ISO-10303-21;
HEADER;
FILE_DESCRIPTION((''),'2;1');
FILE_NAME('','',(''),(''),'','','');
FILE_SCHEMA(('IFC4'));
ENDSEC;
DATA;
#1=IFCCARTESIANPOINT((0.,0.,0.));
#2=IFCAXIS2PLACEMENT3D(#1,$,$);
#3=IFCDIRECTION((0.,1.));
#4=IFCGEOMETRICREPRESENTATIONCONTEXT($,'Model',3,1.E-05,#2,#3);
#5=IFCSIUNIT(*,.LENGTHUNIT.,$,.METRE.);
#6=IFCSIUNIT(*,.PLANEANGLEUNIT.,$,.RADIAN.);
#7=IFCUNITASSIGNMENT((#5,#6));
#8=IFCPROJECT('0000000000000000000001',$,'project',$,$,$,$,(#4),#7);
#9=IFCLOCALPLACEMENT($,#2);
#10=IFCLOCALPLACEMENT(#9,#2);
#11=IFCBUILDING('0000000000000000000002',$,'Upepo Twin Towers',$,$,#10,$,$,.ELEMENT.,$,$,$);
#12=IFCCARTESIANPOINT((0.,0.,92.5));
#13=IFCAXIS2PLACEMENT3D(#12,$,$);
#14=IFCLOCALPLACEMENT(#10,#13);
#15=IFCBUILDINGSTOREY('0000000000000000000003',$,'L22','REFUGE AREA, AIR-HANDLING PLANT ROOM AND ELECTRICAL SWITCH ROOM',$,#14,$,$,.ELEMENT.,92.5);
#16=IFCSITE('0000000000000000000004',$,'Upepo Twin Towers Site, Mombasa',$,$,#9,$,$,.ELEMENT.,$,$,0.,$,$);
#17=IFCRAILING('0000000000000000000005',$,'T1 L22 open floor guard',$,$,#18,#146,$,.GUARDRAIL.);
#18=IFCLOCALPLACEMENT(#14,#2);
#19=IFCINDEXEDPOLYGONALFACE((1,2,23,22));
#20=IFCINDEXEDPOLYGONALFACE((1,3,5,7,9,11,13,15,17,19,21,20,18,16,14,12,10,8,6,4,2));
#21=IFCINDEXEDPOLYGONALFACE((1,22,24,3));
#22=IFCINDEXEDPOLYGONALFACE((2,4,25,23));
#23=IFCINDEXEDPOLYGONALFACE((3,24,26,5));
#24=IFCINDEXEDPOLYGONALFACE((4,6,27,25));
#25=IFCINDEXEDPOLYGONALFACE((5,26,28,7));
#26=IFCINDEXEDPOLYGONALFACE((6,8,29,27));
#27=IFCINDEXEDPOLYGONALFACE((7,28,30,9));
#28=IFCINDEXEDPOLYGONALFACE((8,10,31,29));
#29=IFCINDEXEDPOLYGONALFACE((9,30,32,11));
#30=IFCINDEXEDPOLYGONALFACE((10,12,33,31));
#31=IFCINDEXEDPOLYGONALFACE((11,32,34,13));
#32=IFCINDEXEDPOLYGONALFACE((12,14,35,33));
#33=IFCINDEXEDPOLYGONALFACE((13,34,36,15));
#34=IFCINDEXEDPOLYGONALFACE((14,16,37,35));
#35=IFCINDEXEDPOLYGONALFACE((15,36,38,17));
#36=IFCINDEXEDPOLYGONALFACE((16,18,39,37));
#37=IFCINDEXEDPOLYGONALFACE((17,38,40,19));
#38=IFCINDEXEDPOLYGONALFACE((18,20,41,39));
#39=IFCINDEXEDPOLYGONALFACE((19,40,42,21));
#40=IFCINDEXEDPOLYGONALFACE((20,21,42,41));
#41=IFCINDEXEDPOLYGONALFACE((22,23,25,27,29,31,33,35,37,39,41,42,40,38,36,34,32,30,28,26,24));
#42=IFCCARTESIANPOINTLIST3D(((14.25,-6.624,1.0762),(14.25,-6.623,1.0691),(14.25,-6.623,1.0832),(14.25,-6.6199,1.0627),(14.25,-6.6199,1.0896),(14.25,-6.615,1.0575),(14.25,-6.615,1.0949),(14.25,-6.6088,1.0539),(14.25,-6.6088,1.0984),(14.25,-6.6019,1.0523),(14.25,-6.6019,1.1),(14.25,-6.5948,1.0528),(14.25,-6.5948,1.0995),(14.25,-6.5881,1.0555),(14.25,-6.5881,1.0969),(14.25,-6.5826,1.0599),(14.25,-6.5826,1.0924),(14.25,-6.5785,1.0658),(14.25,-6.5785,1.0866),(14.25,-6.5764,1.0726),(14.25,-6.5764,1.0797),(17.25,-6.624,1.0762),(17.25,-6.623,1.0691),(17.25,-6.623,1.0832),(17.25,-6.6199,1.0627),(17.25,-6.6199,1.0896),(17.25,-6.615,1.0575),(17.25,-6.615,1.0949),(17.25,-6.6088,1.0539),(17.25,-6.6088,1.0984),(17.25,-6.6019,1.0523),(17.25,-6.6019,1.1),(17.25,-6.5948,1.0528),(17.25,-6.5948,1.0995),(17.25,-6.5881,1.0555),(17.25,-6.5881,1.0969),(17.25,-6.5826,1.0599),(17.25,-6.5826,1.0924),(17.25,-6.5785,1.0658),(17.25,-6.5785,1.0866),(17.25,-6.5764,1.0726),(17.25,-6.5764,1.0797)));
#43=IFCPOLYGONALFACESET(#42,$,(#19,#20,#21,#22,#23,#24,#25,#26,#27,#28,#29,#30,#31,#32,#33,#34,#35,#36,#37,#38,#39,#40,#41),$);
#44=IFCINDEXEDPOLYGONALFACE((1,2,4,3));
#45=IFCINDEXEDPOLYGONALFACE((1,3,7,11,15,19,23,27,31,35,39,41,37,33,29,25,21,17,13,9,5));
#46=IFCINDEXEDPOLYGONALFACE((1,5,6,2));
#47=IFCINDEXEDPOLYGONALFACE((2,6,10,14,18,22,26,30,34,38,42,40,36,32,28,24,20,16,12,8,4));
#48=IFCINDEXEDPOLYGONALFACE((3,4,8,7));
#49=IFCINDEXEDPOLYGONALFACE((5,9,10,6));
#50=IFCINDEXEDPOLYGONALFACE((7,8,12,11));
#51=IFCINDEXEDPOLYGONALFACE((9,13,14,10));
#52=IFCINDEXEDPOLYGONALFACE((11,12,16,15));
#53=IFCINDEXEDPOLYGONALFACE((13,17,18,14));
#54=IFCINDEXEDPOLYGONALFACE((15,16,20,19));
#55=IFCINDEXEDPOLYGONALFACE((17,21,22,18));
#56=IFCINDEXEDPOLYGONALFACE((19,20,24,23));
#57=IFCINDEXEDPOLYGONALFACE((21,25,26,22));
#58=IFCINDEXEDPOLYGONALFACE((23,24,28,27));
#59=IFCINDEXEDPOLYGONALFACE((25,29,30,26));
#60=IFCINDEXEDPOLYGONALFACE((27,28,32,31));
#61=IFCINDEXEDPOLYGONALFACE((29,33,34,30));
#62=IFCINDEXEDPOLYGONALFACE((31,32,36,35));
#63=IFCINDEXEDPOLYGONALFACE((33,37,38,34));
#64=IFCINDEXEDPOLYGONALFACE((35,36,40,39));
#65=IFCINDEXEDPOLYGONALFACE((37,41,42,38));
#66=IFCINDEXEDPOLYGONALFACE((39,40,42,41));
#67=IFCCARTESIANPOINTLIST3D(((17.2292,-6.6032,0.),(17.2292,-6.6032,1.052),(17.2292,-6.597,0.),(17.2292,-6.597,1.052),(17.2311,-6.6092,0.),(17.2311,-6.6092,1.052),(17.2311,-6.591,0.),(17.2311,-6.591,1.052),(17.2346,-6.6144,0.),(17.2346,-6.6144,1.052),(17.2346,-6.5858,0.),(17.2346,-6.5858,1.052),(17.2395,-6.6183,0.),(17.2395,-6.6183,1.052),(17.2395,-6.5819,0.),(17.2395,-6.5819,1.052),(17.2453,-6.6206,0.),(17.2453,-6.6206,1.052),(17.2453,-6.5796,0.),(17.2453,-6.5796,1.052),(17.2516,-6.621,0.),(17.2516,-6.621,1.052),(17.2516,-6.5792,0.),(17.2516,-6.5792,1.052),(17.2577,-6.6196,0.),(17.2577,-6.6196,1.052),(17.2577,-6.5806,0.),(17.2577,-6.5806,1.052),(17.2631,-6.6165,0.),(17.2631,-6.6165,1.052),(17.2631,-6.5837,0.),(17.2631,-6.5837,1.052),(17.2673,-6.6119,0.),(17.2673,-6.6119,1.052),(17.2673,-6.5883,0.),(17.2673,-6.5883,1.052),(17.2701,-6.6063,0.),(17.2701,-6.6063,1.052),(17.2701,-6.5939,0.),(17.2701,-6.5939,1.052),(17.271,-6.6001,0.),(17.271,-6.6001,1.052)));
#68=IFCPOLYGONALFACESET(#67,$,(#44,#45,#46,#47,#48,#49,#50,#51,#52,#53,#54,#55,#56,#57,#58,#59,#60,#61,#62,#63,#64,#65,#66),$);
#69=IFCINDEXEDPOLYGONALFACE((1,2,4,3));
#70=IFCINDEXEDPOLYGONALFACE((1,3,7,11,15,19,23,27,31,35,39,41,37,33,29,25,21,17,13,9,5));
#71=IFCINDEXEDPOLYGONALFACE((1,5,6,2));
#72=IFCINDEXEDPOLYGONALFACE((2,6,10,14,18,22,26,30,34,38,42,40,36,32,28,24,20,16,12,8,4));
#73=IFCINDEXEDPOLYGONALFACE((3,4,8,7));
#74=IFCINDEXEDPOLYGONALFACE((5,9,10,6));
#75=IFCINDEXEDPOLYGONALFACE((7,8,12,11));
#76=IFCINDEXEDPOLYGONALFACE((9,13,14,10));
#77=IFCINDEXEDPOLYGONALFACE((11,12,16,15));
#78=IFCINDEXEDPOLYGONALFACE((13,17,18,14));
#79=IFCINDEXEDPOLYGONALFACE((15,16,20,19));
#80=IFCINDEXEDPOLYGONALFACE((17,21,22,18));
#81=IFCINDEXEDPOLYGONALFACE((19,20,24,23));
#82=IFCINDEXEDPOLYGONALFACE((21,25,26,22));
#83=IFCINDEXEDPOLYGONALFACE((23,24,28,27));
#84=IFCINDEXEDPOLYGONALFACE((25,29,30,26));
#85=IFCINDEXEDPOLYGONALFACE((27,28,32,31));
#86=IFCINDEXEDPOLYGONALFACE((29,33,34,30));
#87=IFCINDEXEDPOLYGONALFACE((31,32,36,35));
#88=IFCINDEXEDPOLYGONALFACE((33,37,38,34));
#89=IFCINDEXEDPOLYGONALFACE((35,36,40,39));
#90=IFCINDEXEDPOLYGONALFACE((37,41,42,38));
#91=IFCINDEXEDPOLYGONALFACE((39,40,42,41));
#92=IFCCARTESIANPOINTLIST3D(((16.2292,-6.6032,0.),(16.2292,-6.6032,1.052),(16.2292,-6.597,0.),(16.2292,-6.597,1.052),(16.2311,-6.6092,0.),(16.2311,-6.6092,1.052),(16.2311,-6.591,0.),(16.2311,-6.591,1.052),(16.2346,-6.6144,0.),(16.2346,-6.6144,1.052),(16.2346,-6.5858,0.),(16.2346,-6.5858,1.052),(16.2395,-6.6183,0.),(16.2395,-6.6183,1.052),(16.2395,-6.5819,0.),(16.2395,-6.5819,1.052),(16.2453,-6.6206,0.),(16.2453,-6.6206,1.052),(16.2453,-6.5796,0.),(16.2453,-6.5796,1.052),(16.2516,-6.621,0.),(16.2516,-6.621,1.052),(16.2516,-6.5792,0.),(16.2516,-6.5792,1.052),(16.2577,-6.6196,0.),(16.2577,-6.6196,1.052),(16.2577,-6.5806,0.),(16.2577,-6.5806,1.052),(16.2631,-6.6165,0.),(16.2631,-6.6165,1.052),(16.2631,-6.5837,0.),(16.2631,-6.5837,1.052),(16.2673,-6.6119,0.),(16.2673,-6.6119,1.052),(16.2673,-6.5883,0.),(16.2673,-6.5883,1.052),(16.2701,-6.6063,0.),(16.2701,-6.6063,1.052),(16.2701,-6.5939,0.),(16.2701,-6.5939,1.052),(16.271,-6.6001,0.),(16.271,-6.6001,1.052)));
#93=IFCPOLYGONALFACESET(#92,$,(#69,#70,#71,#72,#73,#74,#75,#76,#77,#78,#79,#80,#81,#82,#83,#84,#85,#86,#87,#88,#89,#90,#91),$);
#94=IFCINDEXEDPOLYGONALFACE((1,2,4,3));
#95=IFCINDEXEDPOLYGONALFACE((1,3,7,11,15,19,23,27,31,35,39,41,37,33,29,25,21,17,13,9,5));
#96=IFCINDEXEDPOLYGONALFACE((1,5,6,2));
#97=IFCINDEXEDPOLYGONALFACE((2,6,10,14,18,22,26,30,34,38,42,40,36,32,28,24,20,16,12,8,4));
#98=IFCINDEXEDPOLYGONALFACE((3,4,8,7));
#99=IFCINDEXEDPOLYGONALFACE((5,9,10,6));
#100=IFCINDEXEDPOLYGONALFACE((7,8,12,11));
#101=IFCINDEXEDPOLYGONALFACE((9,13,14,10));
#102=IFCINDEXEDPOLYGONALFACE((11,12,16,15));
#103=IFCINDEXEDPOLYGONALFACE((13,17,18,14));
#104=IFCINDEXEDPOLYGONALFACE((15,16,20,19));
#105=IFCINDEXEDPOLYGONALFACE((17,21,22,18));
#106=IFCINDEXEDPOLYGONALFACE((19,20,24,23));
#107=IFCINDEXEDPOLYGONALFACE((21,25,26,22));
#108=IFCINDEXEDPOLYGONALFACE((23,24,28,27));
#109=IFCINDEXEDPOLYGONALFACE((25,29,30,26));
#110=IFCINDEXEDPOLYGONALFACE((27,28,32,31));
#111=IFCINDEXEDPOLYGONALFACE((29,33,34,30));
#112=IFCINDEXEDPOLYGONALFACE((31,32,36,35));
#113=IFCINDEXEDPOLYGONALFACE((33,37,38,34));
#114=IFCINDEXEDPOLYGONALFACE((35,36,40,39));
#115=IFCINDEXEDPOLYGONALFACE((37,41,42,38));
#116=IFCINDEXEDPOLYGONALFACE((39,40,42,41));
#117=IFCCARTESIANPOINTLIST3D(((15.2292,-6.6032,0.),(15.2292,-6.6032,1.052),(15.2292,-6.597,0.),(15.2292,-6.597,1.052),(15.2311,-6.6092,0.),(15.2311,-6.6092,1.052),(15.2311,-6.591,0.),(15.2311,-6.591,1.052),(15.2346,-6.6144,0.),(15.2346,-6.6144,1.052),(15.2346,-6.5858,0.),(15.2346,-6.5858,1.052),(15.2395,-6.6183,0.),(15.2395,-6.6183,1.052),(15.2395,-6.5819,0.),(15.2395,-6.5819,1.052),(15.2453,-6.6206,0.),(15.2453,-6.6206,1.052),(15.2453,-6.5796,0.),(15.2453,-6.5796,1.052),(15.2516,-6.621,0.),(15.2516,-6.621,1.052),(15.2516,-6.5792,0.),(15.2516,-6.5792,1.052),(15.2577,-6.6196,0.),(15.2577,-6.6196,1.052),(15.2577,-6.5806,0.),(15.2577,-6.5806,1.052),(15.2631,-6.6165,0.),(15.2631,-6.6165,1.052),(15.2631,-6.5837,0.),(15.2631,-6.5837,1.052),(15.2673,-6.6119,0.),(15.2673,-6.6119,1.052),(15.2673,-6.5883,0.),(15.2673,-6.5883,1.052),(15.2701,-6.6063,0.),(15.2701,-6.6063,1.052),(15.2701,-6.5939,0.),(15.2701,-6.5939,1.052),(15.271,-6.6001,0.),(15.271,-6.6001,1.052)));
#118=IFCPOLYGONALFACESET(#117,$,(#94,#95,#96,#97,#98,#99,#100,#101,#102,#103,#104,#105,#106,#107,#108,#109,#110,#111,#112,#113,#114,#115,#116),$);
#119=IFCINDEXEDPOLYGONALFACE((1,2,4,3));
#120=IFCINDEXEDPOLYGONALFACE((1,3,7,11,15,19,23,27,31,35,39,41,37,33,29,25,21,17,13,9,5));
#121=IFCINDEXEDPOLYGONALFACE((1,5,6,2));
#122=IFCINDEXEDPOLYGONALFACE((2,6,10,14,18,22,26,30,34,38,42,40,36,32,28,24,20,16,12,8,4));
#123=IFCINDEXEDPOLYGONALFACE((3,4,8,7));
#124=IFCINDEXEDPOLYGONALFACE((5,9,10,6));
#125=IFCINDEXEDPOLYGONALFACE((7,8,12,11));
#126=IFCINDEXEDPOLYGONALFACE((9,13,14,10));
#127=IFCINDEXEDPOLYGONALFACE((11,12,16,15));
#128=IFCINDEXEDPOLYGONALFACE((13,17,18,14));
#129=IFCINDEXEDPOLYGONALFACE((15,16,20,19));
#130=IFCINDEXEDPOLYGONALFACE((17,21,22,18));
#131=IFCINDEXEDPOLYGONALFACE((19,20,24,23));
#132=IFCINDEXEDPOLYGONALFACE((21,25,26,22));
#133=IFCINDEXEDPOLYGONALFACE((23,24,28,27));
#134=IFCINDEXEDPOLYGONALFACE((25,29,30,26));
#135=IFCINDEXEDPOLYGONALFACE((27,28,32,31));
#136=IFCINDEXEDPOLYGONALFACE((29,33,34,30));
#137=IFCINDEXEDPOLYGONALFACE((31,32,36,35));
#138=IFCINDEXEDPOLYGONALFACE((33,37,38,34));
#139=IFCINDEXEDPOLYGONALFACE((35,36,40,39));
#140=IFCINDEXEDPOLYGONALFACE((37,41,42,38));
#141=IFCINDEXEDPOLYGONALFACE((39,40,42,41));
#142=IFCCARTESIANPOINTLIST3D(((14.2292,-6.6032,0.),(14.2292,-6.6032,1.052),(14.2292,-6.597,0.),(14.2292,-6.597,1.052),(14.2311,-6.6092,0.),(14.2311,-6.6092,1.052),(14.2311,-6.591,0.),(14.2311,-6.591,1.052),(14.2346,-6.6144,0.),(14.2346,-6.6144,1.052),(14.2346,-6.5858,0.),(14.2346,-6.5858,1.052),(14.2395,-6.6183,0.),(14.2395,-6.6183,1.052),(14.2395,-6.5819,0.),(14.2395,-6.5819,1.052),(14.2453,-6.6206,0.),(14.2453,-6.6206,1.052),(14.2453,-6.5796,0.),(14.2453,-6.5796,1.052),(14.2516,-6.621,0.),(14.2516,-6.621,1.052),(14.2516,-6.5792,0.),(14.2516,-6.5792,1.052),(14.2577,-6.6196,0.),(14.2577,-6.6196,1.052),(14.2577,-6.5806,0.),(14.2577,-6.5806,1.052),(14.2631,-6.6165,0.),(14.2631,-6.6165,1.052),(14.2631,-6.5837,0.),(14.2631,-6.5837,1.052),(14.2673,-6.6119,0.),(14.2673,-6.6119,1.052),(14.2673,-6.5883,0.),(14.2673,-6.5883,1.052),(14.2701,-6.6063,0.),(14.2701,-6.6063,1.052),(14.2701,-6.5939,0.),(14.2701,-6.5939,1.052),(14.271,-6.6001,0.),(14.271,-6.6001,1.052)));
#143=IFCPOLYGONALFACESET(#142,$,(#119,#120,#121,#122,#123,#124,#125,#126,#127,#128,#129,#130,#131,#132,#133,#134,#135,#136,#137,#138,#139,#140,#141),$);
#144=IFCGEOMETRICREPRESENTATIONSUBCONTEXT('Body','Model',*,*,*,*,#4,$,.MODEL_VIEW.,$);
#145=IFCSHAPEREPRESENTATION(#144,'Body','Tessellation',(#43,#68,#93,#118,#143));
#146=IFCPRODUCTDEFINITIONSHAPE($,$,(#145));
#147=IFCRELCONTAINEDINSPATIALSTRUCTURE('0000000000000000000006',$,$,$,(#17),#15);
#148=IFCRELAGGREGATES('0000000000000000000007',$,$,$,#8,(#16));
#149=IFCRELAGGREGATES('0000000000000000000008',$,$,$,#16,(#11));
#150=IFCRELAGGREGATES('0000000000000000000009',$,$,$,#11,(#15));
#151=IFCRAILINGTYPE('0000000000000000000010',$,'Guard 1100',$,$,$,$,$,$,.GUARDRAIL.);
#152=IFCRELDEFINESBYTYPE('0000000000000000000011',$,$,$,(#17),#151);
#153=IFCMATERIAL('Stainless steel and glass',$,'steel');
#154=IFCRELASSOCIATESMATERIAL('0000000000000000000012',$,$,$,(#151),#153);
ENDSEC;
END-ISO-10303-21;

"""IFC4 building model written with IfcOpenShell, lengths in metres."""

from ifc_helpers import new_model, si_unit, direction, frame, origin, origin_2d, place, context, subcontext, project, spatial, circle, extrude, material, type_object, element, save


model = new_model("IFC4")

# Units and contexts
model_context = context("Model", 3, precision=1e-05, world=origin(), true_north=direction((0.0, 1.0)))
body_context = subcontext(model_context, "Body", "Model", "MODEL_VIEW")
ifc_project = project(units=[si_unit("LENGTHUNIT", "METRE"), si_unit("PLANEANGLEUNIT", "RADIAN")], contexts=[model_context])

# Site, building, storey
site_placement = place(None, origin())
site = spatial("IfcSite", under=ifc_project, at=site_placement, Name="Upepo Twin Towers Site, Mombasa", CompositionType="ELEMENT", RefElevation=0.0)
building_placement = place(site_placement, origin())
building = spatial("IfcBuilding", under=site, at=building_placement, Name="Upepo Twin Towers", CompositionType="ELEMENT")
storey_placement = place(building_placement, frame((0.0, 0.0, 92.5)))
storey = spatial("IfcBuildingStorey", under=building, at=storey_placement, Name="L22", Description="REFUGE AREA, AIR-HANDLING PLANT ROOM AND ELECTRICAL SWITCH ROOM", CompositionType="ELEMENT", Elevation=92.5)

# Railing
ifc_material_1 = material(Name="Stainless steel and glass", Category="steel")
railing_type_1 = type_object("IfcRailingType", Name="Guard 1100", PredefinedType="GUARDRAIL", material=ifc_material_1)
for number, where, name in (
    (1, (17.25, -6.6001, 0.0), "T1 L22 open floor guard"),
):
    element("IfcRailing", number, at=place(storey_placement, frame(where)), inside=storey, type_object=railing_type_1, Name=name, PredefinedType="GUARDRAIL", context=body_context, shape_type="SweptSolid", body=[
        extrude(circle(Radius=0.0239, at=origin_2d()), frame((0.0, 0.0, 1.0762), z_axis=(-1.0, 0.0, 0.0), x_axis=(0.0, -1.0, 0.0)), (0.0, 0.0, 1.0), 3.0),
        extrude(circle(Radius=0.021, at=origin_2d()), origin(), (0.0, 0.0, 1.0), 1.052),
        extrude(circle(Radius=0.021, at=origin_2d()), frame((-1.0, 0.0, 0.0)), (0.0, 0.0, 1.0), 1.052),
        extrude(circle(Radius=0.021, at=origin_2d()), frame((-2.0, 0.0, 0.0)), (0.0, 0.0, 1.0), 1.052),
        extrude(circle(Radius=0.021, at=origin_2d()), frame((-3.0, 0.0, 0.0)), (0.0, 0.0, 1.0), 1.052),
    ])

save(model, "model.ifc")
